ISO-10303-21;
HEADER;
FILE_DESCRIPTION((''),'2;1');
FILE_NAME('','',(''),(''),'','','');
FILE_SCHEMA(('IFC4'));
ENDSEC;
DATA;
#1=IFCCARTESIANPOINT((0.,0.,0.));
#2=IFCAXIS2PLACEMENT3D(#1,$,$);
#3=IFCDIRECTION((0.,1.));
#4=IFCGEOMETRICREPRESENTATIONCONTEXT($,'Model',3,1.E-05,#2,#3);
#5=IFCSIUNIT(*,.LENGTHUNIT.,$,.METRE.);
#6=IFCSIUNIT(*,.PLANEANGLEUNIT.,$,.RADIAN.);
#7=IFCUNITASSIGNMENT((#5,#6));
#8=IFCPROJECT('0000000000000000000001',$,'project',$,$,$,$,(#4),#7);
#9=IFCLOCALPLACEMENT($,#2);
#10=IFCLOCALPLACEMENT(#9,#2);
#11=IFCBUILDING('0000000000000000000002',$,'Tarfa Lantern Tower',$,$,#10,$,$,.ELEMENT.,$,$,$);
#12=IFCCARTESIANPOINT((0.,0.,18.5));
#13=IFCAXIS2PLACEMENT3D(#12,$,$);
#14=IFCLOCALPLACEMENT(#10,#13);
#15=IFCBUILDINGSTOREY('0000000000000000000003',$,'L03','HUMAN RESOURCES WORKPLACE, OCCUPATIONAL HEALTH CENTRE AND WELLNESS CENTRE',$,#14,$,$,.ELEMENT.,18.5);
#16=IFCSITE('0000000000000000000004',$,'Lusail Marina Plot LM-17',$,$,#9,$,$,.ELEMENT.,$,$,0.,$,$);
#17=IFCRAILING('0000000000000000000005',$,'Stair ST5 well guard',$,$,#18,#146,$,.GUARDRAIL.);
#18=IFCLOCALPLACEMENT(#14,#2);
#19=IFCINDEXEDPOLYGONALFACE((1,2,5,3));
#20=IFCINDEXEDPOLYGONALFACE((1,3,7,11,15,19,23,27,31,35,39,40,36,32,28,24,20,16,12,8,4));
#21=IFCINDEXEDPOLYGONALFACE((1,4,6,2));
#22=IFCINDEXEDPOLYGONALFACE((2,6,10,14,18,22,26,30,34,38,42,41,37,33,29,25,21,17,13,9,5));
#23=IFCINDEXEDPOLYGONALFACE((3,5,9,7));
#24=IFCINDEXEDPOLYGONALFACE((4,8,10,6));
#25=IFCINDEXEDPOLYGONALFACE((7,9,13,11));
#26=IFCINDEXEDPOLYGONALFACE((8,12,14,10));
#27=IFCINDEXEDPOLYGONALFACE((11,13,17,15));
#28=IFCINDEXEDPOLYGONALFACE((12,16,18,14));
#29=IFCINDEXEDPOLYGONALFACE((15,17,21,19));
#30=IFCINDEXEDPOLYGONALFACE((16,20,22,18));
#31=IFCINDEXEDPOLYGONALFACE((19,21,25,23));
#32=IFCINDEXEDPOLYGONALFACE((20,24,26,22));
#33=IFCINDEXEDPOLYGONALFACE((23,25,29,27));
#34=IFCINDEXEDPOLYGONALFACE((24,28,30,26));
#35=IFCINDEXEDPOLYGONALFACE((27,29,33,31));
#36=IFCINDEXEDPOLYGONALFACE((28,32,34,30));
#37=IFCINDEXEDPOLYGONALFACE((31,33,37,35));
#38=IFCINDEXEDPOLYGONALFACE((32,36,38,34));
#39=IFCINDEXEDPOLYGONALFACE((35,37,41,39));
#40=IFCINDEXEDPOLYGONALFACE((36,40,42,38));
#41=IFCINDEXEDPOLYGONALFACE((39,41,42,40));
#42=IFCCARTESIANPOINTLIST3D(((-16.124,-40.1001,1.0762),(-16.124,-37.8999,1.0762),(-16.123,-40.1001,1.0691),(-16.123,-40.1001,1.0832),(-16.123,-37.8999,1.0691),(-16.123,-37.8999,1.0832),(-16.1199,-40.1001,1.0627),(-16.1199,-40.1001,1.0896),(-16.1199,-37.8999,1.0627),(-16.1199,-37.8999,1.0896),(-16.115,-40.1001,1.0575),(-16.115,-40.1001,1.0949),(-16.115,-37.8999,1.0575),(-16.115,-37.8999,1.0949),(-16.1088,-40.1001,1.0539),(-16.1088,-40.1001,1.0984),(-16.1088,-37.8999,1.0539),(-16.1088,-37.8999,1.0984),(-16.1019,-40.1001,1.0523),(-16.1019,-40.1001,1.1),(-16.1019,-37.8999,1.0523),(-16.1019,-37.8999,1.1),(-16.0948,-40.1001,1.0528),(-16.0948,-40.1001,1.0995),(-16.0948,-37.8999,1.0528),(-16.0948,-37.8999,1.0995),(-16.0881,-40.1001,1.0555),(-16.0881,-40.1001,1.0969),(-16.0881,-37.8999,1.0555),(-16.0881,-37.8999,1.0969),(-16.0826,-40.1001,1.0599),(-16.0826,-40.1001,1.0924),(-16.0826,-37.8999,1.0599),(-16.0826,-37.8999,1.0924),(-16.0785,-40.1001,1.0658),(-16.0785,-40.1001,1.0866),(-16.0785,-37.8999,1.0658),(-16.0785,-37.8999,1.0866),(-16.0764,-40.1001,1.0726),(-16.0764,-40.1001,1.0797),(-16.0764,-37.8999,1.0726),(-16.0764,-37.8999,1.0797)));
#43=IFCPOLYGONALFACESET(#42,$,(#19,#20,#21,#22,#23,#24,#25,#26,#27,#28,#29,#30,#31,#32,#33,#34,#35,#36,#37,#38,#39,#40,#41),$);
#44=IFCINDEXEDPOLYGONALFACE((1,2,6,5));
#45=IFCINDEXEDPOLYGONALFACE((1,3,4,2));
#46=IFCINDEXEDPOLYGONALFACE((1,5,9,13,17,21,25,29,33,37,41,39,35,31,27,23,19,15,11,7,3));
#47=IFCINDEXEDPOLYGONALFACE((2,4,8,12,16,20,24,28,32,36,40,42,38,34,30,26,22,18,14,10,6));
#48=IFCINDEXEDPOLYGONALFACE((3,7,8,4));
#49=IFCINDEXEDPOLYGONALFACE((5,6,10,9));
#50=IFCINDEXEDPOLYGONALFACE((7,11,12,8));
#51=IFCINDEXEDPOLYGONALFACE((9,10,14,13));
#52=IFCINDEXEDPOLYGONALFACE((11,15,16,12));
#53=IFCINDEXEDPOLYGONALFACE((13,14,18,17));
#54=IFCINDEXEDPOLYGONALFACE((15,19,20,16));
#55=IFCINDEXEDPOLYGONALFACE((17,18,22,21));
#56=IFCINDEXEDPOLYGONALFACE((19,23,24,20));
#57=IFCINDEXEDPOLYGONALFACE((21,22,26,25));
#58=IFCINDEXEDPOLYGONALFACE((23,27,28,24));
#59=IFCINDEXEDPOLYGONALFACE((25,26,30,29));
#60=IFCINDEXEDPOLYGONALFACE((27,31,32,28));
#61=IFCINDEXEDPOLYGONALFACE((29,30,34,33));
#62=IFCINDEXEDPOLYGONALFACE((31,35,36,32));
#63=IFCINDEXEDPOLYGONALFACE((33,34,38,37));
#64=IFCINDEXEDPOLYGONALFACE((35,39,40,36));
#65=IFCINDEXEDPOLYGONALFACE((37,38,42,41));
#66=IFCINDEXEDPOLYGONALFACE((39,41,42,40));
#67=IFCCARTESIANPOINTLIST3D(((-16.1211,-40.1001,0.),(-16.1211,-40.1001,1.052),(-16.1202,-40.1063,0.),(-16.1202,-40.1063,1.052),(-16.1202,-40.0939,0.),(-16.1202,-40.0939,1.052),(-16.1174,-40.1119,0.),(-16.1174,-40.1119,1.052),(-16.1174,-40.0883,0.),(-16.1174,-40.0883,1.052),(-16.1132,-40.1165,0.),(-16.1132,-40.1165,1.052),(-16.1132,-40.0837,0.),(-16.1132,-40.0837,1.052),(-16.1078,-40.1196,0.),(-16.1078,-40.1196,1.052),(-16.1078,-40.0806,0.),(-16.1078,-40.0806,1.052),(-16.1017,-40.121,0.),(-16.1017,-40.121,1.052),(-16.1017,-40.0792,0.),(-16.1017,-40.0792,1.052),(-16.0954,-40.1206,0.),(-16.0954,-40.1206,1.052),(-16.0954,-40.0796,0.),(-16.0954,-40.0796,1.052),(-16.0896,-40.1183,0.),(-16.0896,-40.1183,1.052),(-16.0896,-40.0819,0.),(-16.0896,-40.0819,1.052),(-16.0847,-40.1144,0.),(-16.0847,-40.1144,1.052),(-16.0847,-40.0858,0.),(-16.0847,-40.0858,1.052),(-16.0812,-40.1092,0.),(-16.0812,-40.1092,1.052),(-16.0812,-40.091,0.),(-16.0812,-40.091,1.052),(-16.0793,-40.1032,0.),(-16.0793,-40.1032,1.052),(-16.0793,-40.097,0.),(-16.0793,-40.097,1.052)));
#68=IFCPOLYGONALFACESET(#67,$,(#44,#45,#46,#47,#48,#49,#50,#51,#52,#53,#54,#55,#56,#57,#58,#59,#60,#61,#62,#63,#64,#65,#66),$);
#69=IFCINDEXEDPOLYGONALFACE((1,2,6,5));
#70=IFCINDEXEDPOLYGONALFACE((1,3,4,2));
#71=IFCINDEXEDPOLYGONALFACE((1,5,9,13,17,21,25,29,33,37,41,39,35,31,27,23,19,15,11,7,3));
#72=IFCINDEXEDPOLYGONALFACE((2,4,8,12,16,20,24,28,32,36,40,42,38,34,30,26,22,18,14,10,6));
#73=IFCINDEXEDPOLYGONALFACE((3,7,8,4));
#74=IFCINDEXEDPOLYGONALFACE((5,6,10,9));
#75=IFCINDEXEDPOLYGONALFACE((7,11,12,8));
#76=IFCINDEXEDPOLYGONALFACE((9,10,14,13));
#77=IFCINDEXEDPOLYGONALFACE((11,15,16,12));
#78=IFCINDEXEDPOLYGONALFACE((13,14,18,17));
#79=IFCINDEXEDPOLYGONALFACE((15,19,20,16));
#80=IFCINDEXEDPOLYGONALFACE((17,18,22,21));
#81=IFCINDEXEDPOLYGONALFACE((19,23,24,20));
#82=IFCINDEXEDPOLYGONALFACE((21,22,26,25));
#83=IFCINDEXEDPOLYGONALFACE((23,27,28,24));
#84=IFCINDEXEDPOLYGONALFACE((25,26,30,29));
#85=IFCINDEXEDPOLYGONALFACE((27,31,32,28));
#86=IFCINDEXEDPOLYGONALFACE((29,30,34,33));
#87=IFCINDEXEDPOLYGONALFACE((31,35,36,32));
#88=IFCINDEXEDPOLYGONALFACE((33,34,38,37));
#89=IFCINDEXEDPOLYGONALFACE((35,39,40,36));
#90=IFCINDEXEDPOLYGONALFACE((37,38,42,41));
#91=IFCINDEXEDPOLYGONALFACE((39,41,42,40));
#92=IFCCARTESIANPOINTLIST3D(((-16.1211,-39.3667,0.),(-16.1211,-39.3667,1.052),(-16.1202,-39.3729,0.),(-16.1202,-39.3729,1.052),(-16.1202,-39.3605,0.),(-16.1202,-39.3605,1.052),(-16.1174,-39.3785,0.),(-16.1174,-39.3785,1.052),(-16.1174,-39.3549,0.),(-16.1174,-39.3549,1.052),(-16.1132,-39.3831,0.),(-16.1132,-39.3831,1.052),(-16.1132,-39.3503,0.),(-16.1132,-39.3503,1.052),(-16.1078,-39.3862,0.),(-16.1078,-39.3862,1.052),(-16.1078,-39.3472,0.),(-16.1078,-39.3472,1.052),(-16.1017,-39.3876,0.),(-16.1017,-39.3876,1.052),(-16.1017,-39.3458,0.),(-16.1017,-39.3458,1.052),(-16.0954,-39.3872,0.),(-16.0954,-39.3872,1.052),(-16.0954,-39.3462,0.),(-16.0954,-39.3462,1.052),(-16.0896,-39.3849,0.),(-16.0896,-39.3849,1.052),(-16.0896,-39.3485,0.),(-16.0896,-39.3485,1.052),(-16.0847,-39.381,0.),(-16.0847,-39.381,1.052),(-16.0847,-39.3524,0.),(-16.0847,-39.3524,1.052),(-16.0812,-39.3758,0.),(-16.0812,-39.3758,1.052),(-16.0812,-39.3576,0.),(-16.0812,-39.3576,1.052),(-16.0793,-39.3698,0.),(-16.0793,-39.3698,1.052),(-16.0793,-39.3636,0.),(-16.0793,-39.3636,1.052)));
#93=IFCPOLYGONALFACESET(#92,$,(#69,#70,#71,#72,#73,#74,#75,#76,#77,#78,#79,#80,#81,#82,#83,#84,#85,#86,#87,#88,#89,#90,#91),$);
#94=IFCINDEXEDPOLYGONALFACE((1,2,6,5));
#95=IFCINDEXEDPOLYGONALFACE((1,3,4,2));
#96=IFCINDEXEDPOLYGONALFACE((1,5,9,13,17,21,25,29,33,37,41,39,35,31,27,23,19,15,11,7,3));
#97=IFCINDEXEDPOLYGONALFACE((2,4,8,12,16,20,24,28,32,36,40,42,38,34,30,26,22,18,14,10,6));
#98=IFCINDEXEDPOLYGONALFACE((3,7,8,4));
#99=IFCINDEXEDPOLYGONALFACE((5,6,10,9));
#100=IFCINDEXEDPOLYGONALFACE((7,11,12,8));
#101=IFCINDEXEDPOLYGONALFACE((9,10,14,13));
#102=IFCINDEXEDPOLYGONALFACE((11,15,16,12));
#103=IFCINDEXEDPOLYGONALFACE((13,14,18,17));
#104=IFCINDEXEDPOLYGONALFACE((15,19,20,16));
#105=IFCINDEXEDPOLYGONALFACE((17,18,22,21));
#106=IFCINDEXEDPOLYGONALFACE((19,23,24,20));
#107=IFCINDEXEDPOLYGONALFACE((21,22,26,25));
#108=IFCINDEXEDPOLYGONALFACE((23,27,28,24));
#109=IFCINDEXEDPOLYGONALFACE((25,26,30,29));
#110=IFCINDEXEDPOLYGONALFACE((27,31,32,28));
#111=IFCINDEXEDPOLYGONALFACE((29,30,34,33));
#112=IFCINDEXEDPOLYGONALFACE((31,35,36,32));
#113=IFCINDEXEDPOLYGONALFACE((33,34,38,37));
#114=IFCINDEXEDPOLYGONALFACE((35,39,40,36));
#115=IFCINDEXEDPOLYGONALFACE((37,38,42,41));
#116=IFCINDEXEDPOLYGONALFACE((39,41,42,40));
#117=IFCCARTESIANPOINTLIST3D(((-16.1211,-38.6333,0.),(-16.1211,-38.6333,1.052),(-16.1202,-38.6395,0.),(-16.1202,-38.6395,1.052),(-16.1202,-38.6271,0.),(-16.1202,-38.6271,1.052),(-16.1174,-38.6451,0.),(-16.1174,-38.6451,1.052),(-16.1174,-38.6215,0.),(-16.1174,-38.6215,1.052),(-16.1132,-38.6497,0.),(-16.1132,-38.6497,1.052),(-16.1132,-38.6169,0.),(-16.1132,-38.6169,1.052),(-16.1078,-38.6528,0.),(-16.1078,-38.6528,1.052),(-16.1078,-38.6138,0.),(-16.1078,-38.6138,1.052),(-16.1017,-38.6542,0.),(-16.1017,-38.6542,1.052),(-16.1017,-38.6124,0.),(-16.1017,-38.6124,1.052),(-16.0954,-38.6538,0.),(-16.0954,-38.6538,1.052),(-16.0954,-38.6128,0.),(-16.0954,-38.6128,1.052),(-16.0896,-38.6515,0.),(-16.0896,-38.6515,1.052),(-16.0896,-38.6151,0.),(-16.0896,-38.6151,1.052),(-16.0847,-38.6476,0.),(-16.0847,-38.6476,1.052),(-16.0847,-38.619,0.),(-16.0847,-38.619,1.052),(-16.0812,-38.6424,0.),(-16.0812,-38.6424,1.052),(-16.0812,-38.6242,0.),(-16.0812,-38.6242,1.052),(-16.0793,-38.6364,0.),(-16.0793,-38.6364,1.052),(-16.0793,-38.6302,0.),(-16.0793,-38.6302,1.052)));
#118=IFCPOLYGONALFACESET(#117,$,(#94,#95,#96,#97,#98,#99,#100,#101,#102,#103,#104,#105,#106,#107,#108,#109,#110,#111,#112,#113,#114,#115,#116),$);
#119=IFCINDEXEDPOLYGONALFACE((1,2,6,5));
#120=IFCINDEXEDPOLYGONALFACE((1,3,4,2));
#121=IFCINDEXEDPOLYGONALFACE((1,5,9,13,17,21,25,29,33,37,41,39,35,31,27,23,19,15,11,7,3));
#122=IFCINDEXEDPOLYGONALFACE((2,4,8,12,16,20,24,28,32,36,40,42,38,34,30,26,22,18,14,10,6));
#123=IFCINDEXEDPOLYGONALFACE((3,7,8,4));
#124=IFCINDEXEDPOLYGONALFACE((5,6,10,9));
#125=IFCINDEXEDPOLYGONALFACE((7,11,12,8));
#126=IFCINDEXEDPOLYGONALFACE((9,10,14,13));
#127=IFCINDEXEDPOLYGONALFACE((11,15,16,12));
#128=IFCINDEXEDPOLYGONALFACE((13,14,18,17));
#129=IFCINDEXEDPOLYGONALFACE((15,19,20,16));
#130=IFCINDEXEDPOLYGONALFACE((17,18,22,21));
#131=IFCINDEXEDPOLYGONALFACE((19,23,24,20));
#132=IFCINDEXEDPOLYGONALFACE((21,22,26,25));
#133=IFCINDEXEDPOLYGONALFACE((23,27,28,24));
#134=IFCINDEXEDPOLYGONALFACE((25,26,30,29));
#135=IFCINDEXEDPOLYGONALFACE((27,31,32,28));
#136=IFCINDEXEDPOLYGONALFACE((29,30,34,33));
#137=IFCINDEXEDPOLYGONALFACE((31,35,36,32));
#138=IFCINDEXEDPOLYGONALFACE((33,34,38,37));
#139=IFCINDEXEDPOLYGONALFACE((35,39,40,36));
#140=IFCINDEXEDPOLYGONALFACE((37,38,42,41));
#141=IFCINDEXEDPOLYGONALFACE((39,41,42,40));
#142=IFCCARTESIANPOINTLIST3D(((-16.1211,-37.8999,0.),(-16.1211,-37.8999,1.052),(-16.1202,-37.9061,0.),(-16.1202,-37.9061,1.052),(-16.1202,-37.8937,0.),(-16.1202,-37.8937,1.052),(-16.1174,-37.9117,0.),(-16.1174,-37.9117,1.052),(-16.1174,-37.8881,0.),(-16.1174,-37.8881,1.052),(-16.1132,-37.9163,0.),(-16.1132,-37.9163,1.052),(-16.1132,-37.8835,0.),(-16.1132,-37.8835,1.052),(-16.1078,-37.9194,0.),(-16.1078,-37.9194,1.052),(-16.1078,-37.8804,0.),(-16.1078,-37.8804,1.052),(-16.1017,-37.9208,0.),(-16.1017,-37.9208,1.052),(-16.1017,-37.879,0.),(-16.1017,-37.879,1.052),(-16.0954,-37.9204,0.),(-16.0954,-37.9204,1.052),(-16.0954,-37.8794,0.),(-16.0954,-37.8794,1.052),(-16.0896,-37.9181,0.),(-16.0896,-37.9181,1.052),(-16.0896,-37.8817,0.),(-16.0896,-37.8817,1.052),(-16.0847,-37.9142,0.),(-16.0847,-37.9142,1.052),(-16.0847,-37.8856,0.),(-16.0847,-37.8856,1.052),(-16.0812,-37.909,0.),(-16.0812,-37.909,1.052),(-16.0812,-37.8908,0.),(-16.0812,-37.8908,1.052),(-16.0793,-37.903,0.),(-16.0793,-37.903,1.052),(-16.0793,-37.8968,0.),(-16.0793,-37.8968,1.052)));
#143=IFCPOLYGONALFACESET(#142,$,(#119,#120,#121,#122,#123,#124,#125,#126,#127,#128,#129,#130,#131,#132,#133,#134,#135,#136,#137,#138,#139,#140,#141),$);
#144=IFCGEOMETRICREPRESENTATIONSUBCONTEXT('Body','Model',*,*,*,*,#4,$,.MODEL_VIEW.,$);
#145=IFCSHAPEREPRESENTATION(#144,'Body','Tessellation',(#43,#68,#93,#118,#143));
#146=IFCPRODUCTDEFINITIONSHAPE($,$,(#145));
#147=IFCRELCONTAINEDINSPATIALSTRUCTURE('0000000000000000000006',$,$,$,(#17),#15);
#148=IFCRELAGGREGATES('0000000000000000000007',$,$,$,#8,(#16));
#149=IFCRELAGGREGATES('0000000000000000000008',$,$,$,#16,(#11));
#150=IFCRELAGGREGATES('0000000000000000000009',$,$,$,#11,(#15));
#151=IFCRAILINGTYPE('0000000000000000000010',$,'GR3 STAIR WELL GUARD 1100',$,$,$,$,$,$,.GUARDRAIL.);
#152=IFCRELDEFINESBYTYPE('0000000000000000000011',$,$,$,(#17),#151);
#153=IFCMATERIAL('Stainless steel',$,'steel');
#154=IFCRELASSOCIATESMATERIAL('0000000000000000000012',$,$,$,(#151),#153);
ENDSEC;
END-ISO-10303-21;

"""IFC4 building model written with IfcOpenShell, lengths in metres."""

from ifc_helpers import new_model, si_unit, direction, frame, origin, origin_2d, place, context, subcontext, project, spatial, circle, extrude, material, type_object, element, save


model = new_model("IFC4")

# Units and contexts
model_context = context("Model", 3, precision=1e-05, world=origin(), true_north=direction((0.0, 1.0)))
body_context = subcontext(model_context, "Body", "Model", "MODEL_VIEW")
ifc_project = project(units=[si_unit("LENGTHUNIT", "METRE"), si_unit("PLANEANGLEUNIT", "RADIAN")], contexts=[model_context])

# Site, building, storey
site_placement = place(None, origin())
site = spatial("IfcSite", under=ifc_project, at=site_placement, Name="Lusail Marina Plot LM-17", CompositionType="ELEMENT", RefElevation=0.0)
building_placement = place(site_placement, origin())
building = spatial("IfcBuilding", under=site, at=building_placement, Name="Tarfa Lantern Tower", CompositionType="ELEMENT")
storey_placement = place(building_placement, frame((0.0, 0.0, 18.5)))
storey = spatial("IfcBuildingStorey", under=building, at=storey_placement, Name="L03", Description="HUMAN RESOURCES WORKPLACE, OCCUPATIONAL HEALTH CENTRE AND WELLNESS CENTRE", CompositionType="ELEMENT", Elevation=18.5)

# Railing
ifc_material_1 = material(Name="Stainless steel", Category="steel")
railing_type = type_object("IfcRailingType", Name="GR3 STAIR WELL GUARD 1100", PredefinedType="GUARDRAIL", material=ifc_material_1)
railing_placement = place(storey_placement, frame((-16.1001, -40.1001, 0.0)))
element("IfcRailing", 1, at=railing_placement, inside=storey, type_object=railing_type, Name="Stair ST5 well guard", PredefinedType="GUARDRAIL", context=body_context, shape_type="SweptSolid", body=[
    extrude(circle(Radius=0.0239, at=origin_2d()), frame((0.0, 0.0, 1.0762), z_axis=(0.0, 1.0, 0.0), x_axis=(-1.0, 0.0, 0.0)), (0.0, 0.0, 1.0), 2.2002),
    extrude(circle(Radius=0.021, at=origin_2d()), frame((0.0, 0.0, 0.0), z_axis=(0.0, 0.0, 1.0), x_axis=(-1.0, 0.0, 0.0)), (0.0, 0.0, 1.0), 1.052),
    extrude(circle(Radius=0.021, at=origin_2d()), frame((0.0, 0.7334, 0.0), z_axis=(0.0, 0.0, 1.0), x_axis=(-1.0, 0.0, 0.0)), (0.0, 0.0, 1.0), 1.052),
    extrude(circle(Radius=0.021, at=origin_2d()), frame((0.0, 1.4668, 0.0), z_axis=(0.0, 0.0, 1.0), x_axis=(-1.0, 0.0, 0.0)), (0.0, 0.0, 1.0), 1.052),
    extrude(circle(Radius=0.021, at=origin_2d()), frame((0.0, 2.2002, 0.0), z_axis=(0.0, 0.0, 1.0), x_axis=(-1.0, 0.0, 0.0)), (0.0, 0.0, 1.0), 1.052),
])

save(model, "model.ifc")
